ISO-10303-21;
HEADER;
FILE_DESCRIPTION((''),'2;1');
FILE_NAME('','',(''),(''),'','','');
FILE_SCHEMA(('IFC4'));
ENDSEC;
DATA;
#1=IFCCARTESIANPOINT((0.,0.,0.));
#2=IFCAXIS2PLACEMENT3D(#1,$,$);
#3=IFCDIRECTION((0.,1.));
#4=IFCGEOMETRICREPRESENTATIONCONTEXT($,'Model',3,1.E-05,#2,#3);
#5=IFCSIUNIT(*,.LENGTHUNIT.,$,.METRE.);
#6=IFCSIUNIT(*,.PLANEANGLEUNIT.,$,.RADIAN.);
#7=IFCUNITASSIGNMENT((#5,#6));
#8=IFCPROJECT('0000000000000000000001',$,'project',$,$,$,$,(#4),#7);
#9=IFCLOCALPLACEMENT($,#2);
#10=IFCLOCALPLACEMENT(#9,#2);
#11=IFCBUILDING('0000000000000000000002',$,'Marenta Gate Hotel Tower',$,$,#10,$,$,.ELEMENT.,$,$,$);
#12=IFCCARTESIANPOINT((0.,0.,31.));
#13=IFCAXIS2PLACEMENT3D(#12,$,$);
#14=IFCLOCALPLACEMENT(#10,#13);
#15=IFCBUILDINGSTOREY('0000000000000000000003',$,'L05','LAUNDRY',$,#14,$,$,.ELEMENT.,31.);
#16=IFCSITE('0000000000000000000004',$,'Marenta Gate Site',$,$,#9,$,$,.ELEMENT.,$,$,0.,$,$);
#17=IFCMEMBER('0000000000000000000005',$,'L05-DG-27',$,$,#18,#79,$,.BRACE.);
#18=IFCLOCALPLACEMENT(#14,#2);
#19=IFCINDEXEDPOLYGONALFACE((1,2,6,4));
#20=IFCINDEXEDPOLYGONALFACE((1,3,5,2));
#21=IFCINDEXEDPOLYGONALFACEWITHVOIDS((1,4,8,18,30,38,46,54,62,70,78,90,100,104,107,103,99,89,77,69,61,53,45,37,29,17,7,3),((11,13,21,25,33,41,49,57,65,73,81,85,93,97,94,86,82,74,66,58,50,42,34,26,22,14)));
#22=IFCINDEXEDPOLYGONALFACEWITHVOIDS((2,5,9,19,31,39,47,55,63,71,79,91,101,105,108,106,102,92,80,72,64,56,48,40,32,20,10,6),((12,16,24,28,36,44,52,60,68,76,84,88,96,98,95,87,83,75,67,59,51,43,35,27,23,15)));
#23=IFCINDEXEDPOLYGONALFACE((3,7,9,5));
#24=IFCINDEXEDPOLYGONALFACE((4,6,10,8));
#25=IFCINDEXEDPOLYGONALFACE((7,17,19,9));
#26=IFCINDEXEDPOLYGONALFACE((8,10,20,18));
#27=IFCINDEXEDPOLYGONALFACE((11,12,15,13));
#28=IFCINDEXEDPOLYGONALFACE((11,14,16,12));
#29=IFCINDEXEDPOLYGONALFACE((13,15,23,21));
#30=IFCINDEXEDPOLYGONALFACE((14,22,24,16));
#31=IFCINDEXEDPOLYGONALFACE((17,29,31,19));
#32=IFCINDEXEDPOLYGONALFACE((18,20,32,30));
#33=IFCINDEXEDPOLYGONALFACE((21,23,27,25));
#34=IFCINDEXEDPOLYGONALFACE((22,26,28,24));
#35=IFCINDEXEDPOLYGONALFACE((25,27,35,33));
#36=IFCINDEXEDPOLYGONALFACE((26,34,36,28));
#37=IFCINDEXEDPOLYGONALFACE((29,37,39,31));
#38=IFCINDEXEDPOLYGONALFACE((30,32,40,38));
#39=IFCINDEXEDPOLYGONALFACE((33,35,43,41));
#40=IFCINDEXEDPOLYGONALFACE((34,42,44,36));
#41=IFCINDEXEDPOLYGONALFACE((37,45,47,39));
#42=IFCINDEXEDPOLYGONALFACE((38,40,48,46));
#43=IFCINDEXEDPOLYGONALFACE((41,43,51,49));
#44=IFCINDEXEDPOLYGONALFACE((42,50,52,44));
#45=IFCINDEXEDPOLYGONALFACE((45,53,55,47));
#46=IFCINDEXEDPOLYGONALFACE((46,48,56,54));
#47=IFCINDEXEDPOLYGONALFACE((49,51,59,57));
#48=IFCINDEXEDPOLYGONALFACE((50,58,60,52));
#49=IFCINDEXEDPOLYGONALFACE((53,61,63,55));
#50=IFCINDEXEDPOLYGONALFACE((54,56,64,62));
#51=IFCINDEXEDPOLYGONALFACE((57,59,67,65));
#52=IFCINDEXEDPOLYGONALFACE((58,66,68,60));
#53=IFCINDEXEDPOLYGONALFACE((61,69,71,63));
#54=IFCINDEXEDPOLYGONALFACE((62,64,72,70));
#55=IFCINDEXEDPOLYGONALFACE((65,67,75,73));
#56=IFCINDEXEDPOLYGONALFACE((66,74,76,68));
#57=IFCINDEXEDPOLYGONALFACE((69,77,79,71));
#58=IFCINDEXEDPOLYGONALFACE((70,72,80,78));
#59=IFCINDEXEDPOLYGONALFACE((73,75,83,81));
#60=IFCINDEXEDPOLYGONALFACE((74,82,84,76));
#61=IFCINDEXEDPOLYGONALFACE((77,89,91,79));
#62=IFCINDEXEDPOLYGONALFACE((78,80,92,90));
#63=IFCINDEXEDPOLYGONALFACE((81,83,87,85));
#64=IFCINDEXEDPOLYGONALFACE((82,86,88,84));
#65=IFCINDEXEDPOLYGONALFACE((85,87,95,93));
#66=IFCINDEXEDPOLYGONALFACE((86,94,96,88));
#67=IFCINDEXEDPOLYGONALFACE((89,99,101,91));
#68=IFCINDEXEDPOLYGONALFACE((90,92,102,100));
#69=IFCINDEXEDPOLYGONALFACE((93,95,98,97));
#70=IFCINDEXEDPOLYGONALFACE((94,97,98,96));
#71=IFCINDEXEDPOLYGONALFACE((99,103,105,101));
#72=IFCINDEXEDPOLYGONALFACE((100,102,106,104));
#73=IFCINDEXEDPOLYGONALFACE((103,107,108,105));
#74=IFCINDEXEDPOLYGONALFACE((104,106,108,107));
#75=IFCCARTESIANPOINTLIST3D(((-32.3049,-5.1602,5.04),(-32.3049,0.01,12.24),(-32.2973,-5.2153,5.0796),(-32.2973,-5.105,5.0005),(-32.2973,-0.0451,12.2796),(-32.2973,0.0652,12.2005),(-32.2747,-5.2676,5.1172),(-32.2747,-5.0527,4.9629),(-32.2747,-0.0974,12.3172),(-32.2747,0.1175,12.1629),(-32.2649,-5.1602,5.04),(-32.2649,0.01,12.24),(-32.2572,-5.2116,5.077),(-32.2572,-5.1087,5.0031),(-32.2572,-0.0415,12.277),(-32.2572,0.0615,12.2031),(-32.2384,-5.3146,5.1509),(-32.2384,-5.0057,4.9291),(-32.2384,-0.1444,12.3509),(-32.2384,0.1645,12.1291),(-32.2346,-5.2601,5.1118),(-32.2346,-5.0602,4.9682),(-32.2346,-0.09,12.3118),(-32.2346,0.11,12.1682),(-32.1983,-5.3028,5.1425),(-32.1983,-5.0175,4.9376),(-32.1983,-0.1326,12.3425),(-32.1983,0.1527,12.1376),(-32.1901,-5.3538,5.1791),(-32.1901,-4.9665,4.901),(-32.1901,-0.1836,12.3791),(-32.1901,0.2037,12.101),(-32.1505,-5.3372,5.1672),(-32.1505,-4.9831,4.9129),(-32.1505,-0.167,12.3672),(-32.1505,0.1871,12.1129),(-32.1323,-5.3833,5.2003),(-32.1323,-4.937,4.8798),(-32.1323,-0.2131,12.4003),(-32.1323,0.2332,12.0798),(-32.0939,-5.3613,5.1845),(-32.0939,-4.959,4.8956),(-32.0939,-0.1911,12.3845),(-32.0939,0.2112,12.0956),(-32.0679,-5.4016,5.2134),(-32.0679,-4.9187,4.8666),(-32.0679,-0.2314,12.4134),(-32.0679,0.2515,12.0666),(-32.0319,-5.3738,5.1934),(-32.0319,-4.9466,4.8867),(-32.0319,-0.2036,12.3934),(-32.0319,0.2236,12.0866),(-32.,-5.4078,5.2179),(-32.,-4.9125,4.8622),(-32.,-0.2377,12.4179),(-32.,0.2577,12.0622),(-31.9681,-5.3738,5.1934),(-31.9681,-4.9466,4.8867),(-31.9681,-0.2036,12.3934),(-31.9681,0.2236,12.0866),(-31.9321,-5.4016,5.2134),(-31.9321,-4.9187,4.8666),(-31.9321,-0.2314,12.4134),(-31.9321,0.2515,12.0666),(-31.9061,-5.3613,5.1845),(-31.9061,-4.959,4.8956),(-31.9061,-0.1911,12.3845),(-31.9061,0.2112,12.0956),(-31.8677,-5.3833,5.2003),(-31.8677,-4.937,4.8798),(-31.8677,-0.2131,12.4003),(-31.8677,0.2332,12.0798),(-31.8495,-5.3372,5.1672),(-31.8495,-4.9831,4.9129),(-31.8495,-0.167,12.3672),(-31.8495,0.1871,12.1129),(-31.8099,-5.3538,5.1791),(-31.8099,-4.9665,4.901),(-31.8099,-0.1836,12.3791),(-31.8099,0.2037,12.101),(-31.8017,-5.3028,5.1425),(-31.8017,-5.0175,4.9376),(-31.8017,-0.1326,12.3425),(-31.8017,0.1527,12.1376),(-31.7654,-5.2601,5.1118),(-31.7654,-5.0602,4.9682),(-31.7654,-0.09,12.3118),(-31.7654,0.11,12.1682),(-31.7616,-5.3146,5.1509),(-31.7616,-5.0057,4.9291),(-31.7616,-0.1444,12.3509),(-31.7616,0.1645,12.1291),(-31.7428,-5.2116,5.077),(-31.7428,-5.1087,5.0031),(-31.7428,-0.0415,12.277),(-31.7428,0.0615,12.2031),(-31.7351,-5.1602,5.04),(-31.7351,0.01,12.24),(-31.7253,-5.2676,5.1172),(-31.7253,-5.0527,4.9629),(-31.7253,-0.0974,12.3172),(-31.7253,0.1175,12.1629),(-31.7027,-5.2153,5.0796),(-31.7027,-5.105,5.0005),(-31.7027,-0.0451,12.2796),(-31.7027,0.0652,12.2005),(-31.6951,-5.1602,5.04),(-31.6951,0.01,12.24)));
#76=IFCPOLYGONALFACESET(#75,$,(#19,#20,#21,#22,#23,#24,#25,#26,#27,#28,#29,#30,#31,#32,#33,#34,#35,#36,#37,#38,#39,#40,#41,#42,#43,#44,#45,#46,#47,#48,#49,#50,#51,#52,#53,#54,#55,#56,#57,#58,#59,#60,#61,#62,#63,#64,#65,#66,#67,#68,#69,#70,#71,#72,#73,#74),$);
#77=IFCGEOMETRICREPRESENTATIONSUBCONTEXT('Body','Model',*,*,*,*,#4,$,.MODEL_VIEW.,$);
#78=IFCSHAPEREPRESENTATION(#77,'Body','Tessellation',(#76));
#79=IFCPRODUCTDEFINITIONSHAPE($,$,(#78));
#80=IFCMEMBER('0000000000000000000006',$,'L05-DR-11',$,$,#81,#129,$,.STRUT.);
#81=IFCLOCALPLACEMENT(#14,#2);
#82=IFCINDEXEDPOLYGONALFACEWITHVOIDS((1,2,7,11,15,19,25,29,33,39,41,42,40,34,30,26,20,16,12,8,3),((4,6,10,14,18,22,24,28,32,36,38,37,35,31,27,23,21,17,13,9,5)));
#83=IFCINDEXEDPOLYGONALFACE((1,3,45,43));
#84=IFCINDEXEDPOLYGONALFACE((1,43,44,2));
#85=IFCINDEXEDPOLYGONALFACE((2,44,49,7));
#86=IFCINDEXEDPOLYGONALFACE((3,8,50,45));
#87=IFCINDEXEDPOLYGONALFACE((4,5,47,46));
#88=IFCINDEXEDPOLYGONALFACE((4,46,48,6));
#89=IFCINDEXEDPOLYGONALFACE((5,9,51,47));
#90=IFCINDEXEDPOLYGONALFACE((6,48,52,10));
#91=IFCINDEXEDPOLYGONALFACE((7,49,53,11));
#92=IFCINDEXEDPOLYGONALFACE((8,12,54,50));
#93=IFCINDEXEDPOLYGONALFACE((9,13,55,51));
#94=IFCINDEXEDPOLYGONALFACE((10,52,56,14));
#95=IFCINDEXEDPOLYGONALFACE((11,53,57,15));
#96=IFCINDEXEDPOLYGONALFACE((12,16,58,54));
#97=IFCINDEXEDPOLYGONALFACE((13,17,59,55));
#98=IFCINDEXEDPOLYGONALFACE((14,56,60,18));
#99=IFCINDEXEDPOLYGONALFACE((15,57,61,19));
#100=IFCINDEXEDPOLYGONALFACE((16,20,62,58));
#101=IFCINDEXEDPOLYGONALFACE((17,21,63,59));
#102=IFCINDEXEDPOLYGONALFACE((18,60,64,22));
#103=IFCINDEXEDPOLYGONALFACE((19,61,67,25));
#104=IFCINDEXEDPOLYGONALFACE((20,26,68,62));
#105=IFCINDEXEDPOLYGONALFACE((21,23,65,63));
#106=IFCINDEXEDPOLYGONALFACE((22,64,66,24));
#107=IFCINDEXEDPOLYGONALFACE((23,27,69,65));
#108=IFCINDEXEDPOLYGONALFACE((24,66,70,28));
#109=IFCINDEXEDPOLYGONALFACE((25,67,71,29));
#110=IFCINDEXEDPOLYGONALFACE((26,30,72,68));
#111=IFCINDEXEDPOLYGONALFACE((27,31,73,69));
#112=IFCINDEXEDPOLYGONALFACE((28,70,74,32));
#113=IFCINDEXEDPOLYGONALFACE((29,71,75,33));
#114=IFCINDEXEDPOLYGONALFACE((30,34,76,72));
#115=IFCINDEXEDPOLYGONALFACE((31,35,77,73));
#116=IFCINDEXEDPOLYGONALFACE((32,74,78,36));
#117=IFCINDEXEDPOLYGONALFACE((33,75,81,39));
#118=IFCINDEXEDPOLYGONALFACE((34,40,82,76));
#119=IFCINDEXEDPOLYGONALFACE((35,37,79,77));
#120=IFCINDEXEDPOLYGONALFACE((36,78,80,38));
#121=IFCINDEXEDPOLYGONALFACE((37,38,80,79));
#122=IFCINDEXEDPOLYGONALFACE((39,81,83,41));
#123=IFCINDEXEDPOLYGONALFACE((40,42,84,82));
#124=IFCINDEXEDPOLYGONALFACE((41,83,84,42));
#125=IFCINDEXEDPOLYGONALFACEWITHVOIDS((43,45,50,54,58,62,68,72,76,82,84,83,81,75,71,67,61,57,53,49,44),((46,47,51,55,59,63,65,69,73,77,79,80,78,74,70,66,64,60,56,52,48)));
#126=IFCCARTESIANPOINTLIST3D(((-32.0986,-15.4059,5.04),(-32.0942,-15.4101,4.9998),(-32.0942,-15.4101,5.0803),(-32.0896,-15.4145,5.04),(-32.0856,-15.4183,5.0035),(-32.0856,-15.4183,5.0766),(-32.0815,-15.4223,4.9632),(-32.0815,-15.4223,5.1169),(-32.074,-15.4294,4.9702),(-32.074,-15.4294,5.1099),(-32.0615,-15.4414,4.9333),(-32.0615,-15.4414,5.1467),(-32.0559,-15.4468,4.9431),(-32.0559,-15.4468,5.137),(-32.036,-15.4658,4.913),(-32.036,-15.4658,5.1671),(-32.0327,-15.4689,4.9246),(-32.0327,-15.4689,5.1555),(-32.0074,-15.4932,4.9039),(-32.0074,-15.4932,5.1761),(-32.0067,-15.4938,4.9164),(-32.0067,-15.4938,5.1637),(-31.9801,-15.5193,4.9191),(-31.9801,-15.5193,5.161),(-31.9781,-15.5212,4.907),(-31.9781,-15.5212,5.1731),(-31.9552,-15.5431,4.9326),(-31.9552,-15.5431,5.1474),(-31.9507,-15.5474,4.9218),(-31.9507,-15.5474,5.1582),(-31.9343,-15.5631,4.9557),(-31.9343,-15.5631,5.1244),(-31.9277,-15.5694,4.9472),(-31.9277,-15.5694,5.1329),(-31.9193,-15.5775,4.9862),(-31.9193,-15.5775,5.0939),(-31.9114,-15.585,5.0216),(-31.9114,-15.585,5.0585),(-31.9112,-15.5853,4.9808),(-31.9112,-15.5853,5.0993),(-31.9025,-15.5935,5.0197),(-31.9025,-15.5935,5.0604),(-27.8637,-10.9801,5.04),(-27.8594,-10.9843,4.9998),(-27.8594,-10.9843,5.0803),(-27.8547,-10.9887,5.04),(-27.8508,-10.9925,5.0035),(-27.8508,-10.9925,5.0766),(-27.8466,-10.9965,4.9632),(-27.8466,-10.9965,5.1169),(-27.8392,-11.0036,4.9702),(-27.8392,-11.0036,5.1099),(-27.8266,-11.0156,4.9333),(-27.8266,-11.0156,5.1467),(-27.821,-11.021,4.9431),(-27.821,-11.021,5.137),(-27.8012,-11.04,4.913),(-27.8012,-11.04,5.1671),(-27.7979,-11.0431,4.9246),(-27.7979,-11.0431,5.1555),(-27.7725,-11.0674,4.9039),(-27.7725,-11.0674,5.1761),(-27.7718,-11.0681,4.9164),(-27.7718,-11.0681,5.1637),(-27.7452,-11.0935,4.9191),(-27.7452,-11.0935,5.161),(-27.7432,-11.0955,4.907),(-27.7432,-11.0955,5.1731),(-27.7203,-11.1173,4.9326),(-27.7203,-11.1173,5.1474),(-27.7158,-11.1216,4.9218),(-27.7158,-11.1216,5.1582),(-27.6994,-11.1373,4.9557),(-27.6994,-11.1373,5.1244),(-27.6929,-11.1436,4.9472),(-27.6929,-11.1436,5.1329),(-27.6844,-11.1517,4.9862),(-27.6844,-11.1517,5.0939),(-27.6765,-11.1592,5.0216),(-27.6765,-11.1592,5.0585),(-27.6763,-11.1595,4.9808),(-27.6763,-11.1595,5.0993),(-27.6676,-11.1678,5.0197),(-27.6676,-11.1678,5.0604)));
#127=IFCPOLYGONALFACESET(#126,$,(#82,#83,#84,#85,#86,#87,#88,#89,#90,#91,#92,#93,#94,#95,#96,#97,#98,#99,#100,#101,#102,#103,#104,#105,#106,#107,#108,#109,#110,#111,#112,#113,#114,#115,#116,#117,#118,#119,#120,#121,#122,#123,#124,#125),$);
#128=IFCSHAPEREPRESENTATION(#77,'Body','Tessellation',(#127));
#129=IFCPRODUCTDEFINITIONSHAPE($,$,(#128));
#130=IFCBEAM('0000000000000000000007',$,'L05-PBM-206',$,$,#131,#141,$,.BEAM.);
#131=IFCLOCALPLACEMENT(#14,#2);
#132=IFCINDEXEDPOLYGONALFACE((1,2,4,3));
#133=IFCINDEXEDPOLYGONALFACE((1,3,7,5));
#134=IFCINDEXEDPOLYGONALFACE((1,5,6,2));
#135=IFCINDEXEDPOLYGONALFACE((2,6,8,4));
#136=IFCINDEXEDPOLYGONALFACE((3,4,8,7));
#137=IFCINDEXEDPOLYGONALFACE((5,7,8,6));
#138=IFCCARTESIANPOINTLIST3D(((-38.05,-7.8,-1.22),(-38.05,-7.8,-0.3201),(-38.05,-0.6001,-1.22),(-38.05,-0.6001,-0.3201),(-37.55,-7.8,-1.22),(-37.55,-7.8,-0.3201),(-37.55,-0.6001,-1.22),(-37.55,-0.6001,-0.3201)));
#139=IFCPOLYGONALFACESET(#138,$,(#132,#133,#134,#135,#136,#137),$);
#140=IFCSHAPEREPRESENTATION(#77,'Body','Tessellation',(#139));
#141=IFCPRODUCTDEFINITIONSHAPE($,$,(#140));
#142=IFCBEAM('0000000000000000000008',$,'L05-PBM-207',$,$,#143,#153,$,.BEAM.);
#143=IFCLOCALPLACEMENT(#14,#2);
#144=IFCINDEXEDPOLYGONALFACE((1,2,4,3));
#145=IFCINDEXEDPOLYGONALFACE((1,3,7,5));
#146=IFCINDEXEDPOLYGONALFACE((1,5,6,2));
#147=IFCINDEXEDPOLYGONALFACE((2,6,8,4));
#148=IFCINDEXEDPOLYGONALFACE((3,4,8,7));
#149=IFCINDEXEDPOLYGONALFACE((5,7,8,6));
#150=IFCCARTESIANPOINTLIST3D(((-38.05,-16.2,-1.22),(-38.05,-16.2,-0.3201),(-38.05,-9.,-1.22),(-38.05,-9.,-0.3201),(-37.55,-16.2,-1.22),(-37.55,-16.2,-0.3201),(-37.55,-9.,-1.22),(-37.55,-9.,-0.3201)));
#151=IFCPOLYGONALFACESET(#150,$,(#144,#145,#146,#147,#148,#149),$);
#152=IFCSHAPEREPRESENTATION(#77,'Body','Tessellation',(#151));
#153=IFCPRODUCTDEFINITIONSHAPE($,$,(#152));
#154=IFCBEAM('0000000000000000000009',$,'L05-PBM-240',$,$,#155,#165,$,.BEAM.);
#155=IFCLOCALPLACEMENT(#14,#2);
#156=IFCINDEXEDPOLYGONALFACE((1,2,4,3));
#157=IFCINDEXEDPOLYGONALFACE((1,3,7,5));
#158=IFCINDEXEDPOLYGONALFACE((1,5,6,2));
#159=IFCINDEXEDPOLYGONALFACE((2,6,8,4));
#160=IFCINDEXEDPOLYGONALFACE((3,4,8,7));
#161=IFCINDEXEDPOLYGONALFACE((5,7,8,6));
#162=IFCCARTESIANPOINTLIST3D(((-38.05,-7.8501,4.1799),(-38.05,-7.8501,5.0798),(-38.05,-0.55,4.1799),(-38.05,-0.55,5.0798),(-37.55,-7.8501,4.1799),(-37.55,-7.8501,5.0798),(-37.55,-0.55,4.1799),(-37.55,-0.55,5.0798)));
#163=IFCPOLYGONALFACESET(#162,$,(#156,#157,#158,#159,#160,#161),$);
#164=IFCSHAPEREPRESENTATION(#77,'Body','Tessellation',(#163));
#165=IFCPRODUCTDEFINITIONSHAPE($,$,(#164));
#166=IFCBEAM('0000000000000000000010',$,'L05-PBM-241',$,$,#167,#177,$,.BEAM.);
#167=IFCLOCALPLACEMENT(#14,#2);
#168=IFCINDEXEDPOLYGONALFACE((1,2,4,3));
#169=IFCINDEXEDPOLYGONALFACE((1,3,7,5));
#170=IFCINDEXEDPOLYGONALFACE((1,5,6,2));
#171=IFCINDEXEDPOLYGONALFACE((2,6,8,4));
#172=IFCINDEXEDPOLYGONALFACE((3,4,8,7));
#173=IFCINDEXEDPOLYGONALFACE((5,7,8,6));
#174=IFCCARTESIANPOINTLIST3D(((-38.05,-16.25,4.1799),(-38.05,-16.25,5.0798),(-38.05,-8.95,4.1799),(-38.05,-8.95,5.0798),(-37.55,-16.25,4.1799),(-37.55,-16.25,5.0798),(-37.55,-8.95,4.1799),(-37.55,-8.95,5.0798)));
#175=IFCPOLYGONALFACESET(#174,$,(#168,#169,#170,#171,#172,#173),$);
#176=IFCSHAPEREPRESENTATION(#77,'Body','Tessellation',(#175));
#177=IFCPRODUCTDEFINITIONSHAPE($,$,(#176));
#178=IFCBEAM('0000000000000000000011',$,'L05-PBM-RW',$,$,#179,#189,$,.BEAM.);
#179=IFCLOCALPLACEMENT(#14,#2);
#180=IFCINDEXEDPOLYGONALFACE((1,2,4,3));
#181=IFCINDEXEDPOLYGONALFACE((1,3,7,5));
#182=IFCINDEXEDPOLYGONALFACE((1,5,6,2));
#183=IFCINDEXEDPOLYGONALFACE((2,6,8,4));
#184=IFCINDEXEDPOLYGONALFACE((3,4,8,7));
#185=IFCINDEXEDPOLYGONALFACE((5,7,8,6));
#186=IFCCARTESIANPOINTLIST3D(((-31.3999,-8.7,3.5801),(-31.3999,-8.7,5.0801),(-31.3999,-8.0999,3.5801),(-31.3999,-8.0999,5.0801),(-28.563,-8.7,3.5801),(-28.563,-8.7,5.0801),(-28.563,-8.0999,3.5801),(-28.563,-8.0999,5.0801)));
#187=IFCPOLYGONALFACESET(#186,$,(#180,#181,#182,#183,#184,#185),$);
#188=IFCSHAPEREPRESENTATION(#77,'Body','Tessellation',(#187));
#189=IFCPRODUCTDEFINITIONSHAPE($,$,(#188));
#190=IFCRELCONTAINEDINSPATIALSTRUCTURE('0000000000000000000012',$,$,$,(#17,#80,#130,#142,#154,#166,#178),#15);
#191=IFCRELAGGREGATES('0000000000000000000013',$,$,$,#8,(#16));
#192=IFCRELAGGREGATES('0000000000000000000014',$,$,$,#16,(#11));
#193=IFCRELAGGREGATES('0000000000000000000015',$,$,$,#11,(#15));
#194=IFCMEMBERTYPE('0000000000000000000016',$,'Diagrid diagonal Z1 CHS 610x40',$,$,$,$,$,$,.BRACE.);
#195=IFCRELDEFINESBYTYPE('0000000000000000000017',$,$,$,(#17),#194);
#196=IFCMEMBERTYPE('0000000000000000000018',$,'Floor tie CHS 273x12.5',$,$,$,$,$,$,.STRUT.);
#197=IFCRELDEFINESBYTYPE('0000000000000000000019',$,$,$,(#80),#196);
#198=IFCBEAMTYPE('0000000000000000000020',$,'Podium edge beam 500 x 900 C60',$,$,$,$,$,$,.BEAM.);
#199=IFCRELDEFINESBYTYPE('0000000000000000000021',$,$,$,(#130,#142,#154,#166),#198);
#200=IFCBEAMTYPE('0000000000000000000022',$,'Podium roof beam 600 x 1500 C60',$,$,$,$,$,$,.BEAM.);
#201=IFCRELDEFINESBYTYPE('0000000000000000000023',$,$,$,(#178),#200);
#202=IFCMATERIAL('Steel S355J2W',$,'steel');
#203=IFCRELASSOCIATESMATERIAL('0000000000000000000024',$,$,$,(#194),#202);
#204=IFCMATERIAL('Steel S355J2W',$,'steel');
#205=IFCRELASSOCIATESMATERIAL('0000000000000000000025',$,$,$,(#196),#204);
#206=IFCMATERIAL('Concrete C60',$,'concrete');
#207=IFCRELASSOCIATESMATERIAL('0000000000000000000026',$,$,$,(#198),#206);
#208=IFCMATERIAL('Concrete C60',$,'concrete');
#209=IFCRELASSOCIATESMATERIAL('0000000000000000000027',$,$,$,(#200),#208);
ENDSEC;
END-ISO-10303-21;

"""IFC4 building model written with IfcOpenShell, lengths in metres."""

from ifc_helpers import new_model, si_unit, direction, frame, origin, origin_2d, place, context, subcontext, project, spatial, rectangle, hollow_circle, extrude, material, material_profile, profile_set, type_object, element, save


model = new_model("IFC4")

# Units and contexts
model_context = context("Model", 3, precision=1e-05, world=origin(), true_north=direction((0.0, 1.0)))
body_context = subcontext(model_context, "Body", "Model", "MODEL_VIEW")
ifc_project = project(units=[si_unit("LENGTHUNIT", "METRE"), si_unit("PLANEANGLEUNIT", "RADIAN")], contexts=[model_context])

# Site, building, storey
site_placement = place(None, origin())
site = spatial("IfcSite", under=ifc_project, at=site_placement, Name="Marenta Gate Site", CompositionType="ELEMENT", RefElevation=0.0)
building_placement = place(site_placement, origin())
building = spatial("IfcBuilding", under=site, at=building_placement, Name="Marenta Gate Hotel Tower", CompositionType="ELEMENT")
storey_placement = place(building_placement, frame((0.0, 0.0, 31.0)))
storey = spatial("IfcBuildingStorey", under=building, at=storey_placement, Name="L05", Description="LAUNDRY", CompositionType="ELEMENT", Elevation=31.0)

# Members
ifc_material_1 = material(Name="Steel S355J2W", Category="steel")
ifc_material_profile_1 = material_profile(ifc_material_1, hollow_circle(Radius=0.3049, WallThickness=0.04, at=origin_2d()), Name="CHS 610x40")
ifc_profile_set_1 = profile_set([ifc_material_profile_1], Name="Steel S355J2W")
member_type_1 = type_object("IfcMemberType", Name="Diagrid diagonal Z1 CHS 610x40", PredefinedType="BRACE", material=ifc_profile_set_1)
member_1_placement = place(storey_placement, frame((-32.0, -5.1602, 5.04), z_axis=(0.0, 0.583279, 0.812272), x_axis=(-1.0, 0.0, 0.0)))
element("IfcMember", 1, at=member_1_placement, inside=storey, type_object=member_type_1, Name="L05-DG-27", PredefinedType="BRACE", context=body_context, shape_type="SweptSolid", body=[
    extrude(hollow_circle(Radius=0.3049, WallThickness=0.04, at=origin_2d()), origin(), (0.0, 0.0, 1.0), 8.864),
])
ifc_material_2 = material(Name="Steel S355J2W", Category="steel")
ifc_material_profile_2 = material_profile(ifc_material_2, hollow_circle(Radius=0.1365, WallThickness=0.0125, at=origin_2d()), Name="CHS 273x12.5")
ifc_profile_set_2 = profile_set([ifc_material_profile_2], Name="Steel S355J2W")
member_type_2 = type_object("IfcMemberType", Name="Floor tie CHS 273x12.5", PredefinedType="STRUT", material=ifc_profile_set_2)
member_2_placement = place(storey_placement, frame((-32.0, -15.5002, 5.04), z_axis=(0.691351, 0.722519, 0.0), x_axis=(-0.722519, 0.691351, 0.0)))
element("IfcMember", 2, at=member_2_placement, inside=storey, type_object=member_type_2, Name="L05-DR-11", PredefinedType="STRUT", context=body_context, shape_type="SweptSolid", body=[
    extrude(hollow_circle(Radius=0.1365, WallThickness=0.0125, at=origin_2d()), origin(), (0.0, 0.0, 1.0), 6.1255),
])

# Beams
ifc_material_3 = material(Name="Concrete C60", Category="concrete")
ifc_material_profile_3 = material_profile(ifc_material_3, rectangle(XDim=0.5, YDim=0.8999, at=origin_2d()), Name="500 x 900")
ifc_profile_set_3 = profile_set([ifc_material_profile_3], Name="Concrete C60")
beam_type_1 = type_object("IfcBeamType", Name="Podium edge beam 500 x 900 C60", PredefinedType="BEAM", material=ifc_profile_set_3)
for number, where, z_axis, x_axis, name in (
    (3, (-37.8, -0.6001, -0.77), (0.0, -1.0, 0.0), (1.0, 0.0, 0.0), "L05-PBM-206"),
    (4, (-37.8, -9.0, -0.77), (0.0, -1.0, 0.0), (1.0, 0.0, 0.0), "L05-PBM-207"),
):
    element("IfcBeam", number, at=place(storey_placement, frame(where, z_axis=z_axis, x_axis=x_axis)), inside=storey, type_object=beam_type_1, Name=name, PredefinedType="BEAM", context=body_context, shape_type="SweptSolid", body=[
        extrude(rectangle(XDim=0.5, YDim=0.8999, at=origin_2d()), origin(), (0.0, 0.0, 1.0), 7.2),
    ])
for number, where, z_axis, x_axis, name in (
    (5, (-37.8, -0.55, 4.6299), (0.0, -1.0, 0.0), (1.0, 0.0, 0.0), "L05-PBM-240"),
    (6, (-37.8, -8.95, 4.6299), (0.0, -1.0, 0.0), (1.0, 0.0, 0.0), "L05-PBM-241"),
):
    element("IfcBeam", number, at=place(storey_placement, frame(where, z_axis=z_axis, x_axis=x_axis)), inside=storey, type_object=beam_type_1, Name=name, PredefinedType="BEAM", context=body_context, shape_type="SweptSolid", body=[
        extrude(rectangle(XDim=0.5, YDim=0.8999, at=origin_2d()), origin(), (0.0, 0.0, 1.0), 7.3),
    ])
ifc_material_4 = material(Name="Concrete C60", Category="concrete")
ifc_material_profile_4 = material_profile(ifc_material_4, rectangle(XDim=0.6001, YDim=1.5, at=origin_2d()), Name="600 x 1500")
ifc_profile_set_4 = profile_set([ifc_material_profile_4], Name="Concrete C60")
beam_type_2 = type_object("IfcBeamType", Name="Podium roof beam 600 x 1500 C60", PredefinedType="BEAM", material=ifc_profile_set_4)
beam_1_placement = place(storey_placement, frame((-28.563, -8.3999, 4.3301), z_axis=(-1.0, 0.0, 0.0), x_axis=(0.0, -1.0, 0.0)))
element("IfcBeam", 7, at=beam_1_placement, inside=storey, type_object=beam_type_2, Name="L05-PBM-RW", PredefinedType="BEAM", context=body_context, shape_type="SweptSolid", body=[
    extrude(rectangle(XDim=0.6001, YDim=1.5, at=origin_2d()), origin(), (0.0, 0.0, 1.0), 2.8369),
])

save(model, "model.ifc")
